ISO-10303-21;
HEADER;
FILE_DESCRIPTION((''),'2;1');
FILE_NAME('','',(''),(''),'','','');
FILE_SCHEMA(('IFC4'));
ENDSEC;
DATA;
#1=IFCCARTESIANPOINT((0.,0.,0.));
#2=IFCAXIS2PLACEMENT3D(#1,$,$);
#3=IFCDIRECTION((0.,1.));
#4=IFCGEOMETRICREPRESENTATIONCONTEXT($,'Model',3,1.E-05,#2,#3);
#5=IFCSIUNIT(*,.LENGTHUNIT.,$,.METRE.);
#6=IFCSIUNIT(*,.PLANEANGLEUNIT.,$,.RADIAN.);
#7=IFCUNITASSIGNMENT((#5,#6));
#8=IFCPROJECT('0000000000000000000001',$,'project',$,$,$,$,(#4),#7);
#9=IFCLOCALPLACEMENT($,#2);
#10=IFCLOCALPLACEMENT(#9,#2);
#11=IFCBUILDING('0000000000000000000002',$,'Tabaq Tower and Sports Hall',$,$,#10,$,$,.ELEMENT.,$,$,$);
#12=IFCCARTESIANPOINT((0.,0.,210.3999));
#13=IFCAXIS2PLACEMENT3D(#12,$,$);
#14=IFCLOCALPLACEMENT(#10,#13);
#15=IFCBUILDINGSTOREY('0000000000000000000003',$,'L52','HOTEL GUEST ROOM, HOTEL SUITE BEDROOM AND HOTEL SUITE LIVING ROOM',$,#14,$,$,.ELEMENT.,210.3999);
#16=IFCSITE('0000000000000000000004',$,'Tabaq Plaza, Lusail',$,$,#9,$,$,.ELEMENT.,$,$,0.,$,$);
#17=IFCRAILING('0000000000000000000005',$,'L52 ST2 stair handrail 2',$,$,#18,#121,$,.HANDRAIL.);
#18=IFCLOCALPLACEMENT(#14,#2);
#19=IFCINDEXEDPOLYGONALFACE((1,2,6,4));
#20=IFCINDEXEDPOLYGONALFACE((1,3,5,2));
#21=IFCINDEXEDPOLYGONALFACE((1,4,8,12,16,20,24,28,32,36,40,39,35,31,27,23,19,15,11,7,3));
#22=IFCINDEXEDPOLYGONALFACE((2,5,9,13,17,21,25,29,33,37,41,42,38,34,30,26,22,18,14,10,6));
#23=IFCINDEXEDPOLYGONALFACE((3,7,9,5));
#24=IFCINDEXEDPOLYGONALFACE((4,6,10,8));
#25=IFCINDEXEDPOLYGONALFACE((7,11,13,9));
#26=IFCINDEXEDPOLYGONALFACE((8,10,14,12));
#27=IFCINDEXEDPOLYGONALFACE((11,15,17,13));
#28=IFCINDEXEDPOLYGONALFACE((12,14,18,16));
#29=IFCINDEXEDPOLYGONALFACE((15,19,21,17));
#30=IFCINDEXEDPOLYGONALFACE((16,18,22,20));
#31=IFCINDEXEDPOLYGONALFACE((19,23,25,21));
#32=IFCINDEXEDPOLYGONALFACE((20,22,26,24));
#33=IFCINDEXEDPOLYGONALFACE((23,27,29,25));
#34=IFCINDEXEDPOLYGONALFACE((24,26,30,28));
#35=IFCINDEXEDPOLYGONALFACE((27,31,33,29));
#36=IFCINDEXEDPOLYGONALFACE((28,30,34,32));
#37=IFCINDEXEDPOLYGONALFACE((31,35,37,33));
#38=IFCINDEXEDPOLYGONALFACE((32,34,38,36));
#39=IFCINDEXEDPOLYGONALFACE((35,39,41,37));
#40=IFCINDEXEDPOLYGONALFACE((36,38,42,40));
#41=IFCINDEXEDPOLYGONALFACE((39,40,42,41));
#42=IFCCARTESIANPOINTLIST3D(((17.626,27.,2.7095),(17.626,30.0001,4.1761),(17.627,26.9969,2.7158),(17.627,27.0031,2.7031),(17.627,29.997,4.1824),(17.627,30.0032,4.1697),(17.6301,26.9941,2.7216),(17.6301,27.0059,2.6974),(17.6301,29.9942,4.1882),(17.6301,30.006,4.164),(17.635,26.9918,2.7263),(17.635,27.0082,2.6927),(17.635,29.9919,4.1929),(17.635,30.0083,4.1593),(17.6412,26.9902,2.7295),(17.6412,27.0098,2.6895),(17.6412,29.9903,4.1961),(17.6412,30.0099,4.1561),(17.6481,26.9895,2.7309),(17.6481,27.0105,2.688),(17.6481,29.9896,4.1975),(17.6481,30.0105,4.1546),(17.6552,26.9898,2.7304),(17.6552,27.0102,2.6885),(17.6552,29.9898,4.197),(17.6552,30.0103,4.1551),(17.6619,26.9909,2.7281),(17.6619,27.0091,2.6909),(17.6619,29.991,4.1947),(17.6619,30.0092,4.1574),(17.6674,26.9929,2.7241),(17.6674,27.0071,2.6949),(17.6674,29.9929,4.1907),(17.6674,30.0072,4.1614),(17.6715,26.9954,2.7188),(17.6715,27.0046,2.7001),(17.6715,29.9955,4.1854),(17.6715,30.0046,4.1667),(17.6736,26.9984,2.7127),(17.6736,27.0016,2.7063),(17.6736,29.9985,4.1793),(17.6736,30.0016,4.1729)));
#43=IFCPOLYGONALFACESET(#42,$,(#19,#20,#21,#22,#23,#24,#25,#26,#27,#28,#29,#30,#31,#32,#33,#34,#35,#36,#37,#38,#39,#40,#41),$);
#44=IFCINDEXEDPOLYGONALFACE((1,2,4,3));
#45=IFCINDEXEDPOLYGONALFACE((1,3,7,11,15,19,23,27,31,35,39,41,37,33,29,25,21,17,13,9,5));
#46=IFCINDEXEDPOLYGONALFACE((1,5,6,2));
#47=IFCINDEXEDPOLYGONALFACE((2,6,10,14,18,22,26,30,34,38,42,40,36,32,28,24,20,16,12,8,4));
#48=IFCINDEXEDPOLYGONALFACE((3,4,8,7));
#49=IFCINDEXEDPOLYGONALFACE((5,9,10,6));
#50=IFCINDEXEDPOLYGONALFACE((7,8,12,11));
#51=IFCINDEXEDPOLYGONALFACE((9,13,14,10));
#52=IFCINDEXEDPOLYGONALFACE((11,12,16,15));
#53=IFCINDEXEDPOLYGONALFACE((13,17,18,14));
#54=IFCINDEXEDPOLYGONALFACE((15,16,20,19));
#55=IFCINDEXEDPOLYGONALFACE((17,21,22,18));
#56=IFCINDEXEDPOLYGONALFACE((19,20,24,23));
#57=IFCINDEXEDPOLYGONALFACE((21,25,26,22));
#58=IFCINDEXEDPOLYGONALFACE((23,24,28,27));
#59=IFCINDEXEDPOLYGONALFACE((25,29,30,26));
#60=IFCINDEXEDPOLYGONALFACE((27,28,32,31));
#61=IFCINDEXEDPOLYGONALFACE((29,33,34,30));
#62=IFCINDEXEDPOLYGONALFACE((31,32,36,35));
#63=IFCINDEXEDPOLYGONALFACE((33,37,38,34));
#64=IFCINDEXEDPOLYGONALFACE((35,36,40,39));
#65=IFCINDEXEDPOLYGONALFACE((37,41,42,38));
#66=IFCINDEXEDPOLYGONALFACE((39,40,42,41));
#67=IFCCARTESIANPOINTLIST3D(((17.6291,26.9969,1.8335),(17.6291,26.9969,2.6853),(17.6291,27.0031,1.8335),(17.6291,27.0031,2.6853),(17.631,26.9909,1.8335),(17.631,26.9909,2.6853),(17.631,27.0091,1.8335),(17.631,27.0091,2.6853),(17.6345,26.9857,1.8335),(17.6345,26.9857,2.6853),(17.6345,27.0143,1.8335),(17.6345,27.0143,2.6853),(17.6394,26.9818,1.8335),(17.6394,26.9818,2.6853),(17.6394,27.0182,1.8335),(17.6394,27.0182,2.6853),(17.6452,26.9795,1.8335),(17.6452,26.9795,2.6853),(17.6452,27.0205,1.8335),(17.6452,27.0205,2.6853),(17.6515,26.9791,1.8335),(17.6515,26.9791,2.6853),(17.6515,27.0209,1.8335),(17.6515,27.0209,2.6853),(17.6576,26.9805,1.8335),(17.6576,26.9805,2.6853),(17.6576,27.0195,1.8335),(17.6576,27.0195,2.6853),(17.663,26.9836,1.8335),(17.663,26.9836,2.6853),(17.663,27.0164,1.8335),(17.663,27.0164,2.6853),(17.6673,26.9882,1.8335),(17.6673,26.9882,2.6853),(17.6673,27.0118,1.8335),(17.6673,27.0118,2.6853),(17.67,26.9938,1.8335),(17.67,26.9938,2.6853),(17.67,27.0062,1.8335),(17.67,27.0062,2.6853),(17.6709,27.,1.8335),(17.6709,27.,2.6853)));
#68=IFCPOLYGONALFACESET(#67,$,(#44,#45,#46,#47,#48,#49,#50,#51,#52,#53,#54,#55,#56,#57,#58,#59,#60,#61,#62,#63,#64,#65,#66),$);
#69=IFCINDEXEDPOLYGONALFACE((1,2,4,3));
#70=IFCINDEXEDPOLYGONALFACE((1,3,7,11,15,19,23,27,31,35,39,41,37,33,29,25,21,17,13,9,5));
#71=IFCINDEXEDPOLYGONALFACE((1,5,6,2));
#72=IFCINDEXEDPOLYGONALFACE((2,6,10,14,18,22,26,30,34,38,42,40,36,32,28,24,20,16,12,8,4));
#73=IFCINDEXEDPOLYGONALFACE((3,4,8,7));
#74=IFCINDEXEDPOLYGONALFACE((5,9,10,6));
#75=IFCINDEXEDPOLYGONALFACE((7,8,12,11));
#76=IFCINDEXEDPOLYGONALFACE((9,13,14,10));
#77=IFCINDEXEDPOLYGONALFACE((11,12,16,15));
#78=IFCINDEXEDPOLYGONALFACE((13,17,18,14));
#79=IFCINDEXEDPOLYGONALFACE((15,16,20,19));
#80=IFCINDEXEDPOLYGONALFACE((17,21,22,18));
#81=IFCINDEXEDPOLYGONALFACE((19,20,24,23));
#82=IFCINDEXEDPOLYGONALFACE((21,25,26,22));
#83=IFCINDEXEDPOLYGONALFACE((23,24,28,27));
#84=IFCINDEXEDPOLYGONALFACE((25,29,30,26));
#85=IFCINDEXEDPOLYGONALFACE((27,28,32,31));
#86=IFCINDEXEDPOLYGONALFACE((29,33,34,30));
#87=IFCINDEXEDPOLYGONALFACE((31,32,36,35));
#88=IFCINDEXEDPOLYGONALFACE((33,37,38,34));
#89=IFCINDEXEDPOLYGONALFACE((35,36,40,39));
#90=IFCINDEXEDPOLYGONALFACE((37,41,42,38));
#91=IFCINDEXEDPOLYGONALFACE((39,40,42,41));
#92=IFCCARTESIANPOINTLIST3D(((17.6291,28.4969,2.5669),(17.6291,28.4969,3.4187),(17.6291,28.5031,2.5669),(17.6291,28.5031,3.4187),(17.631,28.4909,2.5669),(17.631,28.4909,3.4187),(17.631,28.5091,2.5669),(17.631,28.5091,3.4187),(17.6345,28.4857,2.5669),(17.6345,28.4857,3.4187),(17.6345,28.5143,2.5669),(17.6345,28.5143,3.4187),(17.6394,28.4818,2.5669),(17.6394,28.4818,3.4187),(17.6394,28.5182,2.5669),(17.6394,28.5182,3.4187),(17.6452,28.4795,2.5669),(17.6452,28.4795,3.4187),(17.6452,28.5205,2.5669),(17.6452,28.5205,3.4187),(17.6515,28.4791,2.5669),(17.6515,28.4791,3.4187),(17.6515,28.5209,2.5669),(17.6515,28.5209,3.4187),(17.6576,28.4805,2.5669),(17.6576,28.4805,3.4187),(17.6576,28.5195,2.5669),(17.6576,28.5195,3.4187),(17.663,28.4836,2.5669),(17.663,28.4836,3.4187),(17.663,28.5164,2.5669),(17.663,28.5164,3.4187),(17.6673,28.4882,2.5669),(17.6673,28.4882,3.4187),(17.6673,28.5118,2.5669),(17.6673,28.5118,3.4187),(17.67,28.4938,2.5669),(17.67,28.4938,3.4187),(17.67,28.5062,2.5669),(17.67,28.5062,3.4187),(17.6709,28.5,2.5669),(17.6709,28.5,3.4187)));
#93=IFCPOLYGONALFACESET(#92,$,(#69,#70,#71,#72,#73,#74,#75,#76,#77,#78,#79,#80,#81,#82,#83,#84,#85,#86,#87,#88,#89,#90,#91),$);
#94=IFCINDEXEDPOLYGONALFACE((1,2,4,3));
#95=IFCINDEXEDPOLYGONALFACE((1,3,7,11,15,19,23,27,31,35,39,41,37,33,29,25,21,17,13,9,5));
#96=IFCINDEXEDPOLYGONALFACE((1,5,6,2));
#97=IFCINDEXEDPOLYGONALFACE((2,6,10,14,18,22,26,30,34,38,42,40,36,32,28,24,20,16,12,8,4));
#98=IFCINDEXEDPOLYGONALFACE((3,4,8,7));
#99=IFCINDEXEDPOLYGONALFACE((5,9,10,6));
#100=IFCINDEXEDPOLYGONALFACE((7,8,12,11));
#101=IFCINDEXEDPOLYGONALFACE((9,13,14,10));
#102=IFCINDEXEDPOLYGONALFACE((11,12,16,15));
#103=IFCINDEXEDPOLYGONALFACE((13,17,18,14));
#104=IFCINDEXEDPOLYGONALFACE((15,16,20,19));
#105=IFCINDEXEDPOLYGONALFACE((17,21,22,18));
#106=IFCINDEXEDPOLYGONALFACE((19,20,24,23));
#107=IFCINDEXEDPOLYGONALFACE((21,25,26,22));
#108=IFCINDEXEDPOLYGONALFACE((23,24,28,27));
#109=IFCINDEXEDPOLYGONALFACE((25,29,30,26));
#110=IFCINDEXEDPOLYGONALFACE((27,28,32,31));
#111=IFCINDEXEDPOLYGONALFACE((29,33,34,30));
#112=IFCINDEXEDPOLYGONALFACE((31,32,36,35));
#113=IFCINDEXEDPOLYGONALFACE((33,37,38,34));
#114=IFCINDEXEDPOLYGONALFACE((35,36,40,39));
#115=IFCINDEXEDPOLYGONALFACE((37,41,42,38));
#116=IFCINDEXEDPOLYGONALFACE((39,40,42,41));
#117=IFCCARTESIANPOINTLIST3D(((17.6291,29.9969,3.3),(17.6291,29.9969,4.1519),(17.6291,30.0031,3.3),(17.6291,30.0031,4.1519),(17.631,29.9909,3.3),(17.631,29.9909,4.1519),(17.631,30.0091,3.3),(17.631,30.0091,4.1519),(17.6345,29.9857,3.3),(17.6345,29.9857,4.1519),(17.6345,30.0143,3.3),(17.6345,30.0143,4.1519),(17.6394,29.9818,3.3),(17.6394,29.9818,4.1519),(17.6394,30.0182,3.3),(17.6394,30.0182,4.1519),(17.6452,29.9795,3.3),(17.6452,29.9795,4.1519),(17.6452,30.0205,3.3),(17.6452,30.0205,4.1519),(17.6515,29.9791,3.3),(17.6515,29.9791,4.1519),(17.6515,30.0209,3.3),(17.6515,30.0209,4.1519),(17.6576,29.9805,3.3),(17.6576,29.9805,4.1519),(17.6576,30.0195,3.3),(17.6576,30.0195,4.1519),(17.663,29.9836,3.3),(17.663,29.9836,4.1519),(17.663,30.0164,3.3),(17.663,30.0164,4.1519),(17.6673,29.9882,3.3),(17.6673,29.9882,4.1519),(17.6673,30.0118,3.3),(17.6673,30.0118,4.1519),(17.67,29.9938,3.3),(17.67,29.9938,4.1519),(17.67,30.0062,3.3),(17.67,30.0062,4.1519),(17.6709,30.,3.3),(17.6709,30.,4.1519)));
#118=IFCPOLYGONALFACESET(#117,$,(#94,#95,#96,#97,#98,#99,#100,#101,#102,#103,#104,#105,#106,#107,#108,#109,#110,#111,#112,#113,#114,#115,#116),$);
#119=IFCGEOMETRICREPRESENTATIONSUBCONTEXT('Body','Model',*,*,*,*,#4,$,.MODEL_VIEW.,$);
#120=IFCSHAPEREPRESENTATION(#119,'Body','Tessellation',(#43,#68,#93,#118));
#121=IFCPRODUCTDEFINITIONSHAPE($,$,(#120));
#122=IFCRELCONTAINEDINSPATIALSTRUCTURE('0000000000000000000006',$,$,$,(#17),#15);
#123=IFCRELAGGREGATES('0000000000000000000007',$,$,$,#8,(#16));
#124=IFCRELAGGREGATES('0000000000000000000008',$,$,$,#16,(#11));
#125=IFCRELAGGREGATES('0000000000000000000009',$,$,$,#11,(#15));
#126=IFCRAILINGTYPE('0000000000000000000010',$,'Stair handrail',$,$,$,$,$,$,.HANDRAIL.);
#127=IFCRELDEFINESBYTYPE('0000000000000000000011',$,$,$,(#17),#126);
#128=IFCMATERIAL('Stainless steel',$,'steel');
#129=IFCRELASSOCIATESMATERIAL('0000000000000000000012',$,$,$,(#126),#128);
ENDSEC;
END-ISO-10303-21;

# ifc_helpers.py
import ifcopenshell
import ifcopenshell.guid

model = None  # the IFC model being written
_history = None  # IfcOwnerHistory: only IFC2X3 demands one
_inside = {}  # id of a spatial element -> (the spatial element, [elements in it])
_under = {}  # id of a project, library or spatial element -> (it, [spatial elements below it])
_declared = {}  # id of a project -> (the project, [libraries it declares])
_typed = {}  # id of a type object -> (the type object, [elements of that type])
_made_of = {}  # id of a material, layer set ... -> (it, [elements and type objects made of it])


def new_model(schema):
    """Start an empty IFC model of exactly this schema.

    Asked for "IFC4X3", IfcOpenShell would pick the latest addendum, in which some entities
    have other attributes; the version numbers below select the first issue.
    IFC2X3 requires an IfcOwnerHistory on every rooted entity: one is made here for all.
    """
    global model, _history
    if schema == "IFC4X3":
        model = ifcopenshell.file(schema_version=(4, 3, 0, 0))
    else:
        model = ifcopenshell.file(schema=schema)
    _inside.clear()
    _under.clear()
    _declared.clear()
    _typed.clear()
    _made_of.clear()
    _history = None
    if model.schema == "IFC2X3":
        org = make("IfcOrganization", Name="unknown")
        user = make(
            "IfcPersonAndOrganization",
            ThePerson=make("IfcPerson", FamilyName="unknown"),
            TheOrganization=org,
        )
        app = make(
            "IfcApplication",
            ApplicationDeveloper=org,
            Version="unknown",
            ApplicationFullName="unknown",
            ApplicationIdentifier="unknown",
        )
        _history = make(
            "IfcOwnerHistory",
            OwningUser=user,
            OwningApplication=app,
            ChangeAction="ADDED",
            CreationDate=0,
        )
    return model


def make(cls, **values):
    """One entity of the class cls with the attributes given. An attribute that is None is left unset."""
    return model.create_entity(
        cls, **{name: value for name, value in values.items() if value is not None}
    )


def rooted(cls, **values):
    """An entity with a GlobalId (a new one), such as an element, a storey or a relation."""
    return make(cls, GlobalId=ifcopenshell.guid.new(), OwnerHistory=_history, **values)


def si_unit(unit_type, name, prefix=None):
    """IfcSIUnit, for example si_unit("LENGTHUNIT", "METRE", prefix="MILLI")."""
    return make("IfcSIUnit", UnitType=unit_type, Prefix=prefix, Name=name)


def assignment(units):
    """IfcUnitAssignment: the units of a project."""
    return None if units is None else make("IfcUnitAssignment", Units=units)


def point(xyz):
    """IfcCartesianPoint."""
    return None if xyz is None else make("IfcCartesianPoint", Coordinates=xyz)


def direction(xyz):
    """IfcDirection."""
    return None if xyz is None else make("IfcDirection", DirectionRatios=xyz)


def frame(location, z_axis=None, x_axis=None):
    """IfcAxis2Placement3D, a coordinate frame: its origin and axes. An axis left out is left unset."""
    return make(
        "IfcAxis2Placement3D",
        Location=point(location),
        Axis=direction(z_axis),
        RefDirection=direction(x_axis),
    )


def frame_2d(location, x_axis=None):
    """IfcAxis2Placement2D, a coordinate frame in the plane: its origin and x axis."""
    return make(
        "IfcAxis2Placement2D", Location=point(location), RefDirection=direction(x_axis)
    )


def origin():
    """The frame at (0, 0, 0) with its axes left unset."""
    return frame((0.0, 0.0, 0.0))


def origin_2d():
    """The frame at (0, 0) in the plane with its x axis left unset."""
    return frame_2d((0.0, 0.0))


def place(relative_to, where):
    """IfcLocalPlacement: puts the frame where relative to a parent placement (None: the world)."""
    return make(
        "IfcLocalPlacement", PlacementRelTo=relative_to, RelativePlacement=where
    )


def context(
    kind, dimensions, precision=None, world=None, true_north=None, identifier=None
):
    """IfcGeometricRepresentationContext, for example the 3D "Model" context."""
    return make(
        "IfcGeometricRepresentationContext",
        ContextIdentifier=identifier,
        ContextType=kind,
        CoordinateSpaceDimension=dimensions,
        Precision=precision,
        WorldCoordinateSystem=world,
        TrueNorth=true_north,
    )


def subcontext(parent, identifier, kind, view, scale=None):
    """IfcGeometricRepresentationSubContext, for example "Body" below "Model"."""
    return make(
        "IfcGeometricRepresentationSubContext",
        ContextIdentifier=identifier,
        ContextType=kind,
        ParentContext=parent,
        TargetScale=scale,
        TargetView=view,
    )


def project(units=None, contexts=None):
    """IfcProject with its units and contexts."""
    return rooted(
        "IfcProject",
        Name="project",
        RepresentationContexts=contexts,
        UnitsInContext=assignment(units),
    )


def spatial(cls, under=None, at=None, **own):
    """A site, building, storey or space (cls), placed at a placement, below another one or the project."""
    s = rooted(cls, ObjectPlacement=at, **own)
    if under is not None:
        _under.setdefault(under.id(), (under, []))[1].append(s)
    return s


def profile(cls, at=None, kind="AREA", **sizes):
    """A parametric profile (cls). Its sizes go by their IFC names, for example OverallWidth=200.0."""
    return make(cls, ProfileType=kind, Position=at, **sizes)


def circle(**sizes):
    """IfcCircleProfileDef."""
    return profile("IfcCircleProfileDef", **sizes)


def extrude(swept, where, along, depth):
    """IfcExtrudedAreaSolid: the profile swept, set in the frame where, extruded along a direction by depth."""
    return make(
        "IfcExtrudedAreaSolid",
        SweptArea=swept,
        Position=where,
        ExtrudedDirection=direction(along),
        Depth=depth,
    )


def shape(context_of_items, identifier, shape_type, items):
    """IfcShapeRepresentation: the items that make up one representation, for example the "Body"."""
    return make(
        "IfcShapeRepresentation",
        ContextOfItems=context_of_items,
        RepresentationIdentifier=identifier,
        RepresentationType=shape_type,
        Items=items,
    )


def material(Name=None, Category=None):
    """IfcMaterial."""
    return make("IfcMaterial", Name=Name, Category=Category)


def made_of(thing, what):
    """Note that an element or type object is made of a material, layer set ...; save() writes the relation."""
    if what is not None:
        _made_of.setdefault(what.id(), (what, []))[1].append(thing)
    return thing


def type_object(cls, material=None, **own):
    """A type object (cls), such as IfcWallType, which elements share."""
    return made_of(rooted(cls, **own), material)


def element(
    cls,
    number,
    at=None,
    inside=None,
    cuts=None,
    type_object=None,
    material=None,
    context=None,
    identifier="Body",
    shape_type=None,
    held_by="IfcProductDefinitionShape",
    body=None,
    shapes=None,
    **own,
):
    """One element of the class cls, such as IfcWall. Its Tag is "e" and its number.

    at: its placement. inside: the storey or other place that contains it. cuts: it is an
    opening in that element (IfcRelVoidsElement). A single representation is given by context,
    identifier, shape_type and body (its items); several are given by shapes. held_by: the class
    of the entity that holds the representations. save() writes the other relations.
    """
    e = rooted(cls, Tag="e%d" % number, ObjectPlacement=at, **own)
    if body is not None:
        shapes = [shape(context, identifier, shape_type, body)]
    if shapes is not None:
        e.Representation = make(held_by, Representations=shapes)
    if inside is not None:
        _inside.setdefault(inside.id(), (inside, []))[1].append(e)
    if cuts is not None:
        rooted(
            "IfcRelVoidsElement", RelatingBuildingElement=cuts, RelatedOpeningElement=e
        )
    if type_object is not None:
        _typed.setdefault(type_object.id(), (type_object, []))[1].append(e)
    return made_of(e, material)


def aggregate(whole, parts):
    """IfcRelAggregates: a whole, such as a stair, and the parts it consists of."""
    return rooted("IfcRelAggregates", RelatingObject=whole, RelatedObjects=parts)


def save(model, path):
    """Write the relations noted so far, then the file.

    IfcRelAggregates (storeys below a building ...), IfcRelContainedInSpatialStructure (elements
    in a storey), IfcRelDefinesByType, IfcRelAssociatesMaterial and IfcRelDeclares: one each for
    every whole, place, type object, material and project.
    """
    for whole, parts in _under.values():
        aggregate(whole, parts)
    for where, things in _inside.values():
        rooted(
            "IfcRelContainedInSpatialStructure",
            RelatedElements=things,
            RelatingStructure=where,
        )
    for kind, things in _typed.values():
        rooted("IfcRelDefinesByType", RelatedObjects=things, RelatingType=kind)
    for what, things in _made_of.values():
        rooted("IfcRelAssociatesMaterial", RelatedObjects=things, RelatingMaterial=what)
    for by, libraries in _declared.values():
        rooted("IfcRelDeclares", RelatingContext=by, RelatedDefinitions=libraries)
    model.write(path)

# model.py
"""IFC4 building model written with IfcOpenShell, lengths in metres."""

from ifc_helpers import new_model, si_unit, direction, frame, origin, origin_2d, place, context, subcontext, project, spatial, circle, extrude, material, type_object, element, save


model = new_model("IFC4")

# Units and contexts
model_context = context("Model", 3, precision=1e-05, world=origin(), true_north=direction((0.0, 1.0)))
body_context = subcontext(model_context, "Body", "Model", "MODEL_VIEW")
ifc_project = project(units=[si_unit("LENGTHUNIT", "METRE"), si_unit("PLANEANGLEUNIT", "RADIAN")], contexts=[model_context])

# Site, building, storey
site_placement = place(None, origin())
site = spatial("IfcSite", under=ifc_project, at=site_placement, Name="Tabaq Plaza, Lusail", CompositionType="ELEMENT", RefElevation=0.0)
building_placement = place(site_placement, origin())
building = spatial("IfcBuilding", under=site, at=building_placement, Name="Tabaq Tower and Sports Hall", CompositionType="ELEMENT")
storey_placement = place(building_placement, frame((0.0, 0.0, 210.3999)))
storey = spatial("IfcBuildingStorey", under=building, at=storey_placement, Name="L52", Description="HOTEL GUEST ROOM, HOTEL SUITE BEDROOM AND HOTEL SUITE LIVING ROOM", CompositionType="ELEMENT", Elevation=210.3999)

# Railing
ifc_material_1 = material(Name="Stainless steel", Category="steel")
railing_type_1 = type_object("IfcRailingType", Name="Stair handrail", PredefinedType="HANDRAIL", material=ifc_material_1)
railing_1_placement = place(storey_placement, frame((17.6499, 27.0, 1.8335)))
element("IfcRailing", 1, at=railing_1_placement, inside=storey, type_object=railing_type_1, Name="L52 ST2 stair handrail 2", PredefinedType="HANDRAIL", context=body_context, shape_type="SweptSolid", body=[
    extrude(circle(Radius=0.0239, at=origin_2d()), frame((0.0, 0.0, 0.876), z_axis=(0.0, 0.898398, 0.439183), x_axis=(-1.0, 0.0, 0.0)), (0.0, 0.0, 1.0), 3.3394),
    extrude(circle(Radius=0.021, at=origin_2d()), origin(), (0.0, 0.0, 1.0), 0.8518),
    extrude(circle(Radius=0.021, at=origin_2d()), frame((0.0, 1.5, 0.7334)), (0.0, 0.0, 1.0), 0.8518),
    extrude(circle(Radius=0.021, at=origin_2d()), frame((0.0, 3.0, 1.4666)), (0.0, 0.0, 1.0), 0.8518),
])

save(model, "model.ifc")
